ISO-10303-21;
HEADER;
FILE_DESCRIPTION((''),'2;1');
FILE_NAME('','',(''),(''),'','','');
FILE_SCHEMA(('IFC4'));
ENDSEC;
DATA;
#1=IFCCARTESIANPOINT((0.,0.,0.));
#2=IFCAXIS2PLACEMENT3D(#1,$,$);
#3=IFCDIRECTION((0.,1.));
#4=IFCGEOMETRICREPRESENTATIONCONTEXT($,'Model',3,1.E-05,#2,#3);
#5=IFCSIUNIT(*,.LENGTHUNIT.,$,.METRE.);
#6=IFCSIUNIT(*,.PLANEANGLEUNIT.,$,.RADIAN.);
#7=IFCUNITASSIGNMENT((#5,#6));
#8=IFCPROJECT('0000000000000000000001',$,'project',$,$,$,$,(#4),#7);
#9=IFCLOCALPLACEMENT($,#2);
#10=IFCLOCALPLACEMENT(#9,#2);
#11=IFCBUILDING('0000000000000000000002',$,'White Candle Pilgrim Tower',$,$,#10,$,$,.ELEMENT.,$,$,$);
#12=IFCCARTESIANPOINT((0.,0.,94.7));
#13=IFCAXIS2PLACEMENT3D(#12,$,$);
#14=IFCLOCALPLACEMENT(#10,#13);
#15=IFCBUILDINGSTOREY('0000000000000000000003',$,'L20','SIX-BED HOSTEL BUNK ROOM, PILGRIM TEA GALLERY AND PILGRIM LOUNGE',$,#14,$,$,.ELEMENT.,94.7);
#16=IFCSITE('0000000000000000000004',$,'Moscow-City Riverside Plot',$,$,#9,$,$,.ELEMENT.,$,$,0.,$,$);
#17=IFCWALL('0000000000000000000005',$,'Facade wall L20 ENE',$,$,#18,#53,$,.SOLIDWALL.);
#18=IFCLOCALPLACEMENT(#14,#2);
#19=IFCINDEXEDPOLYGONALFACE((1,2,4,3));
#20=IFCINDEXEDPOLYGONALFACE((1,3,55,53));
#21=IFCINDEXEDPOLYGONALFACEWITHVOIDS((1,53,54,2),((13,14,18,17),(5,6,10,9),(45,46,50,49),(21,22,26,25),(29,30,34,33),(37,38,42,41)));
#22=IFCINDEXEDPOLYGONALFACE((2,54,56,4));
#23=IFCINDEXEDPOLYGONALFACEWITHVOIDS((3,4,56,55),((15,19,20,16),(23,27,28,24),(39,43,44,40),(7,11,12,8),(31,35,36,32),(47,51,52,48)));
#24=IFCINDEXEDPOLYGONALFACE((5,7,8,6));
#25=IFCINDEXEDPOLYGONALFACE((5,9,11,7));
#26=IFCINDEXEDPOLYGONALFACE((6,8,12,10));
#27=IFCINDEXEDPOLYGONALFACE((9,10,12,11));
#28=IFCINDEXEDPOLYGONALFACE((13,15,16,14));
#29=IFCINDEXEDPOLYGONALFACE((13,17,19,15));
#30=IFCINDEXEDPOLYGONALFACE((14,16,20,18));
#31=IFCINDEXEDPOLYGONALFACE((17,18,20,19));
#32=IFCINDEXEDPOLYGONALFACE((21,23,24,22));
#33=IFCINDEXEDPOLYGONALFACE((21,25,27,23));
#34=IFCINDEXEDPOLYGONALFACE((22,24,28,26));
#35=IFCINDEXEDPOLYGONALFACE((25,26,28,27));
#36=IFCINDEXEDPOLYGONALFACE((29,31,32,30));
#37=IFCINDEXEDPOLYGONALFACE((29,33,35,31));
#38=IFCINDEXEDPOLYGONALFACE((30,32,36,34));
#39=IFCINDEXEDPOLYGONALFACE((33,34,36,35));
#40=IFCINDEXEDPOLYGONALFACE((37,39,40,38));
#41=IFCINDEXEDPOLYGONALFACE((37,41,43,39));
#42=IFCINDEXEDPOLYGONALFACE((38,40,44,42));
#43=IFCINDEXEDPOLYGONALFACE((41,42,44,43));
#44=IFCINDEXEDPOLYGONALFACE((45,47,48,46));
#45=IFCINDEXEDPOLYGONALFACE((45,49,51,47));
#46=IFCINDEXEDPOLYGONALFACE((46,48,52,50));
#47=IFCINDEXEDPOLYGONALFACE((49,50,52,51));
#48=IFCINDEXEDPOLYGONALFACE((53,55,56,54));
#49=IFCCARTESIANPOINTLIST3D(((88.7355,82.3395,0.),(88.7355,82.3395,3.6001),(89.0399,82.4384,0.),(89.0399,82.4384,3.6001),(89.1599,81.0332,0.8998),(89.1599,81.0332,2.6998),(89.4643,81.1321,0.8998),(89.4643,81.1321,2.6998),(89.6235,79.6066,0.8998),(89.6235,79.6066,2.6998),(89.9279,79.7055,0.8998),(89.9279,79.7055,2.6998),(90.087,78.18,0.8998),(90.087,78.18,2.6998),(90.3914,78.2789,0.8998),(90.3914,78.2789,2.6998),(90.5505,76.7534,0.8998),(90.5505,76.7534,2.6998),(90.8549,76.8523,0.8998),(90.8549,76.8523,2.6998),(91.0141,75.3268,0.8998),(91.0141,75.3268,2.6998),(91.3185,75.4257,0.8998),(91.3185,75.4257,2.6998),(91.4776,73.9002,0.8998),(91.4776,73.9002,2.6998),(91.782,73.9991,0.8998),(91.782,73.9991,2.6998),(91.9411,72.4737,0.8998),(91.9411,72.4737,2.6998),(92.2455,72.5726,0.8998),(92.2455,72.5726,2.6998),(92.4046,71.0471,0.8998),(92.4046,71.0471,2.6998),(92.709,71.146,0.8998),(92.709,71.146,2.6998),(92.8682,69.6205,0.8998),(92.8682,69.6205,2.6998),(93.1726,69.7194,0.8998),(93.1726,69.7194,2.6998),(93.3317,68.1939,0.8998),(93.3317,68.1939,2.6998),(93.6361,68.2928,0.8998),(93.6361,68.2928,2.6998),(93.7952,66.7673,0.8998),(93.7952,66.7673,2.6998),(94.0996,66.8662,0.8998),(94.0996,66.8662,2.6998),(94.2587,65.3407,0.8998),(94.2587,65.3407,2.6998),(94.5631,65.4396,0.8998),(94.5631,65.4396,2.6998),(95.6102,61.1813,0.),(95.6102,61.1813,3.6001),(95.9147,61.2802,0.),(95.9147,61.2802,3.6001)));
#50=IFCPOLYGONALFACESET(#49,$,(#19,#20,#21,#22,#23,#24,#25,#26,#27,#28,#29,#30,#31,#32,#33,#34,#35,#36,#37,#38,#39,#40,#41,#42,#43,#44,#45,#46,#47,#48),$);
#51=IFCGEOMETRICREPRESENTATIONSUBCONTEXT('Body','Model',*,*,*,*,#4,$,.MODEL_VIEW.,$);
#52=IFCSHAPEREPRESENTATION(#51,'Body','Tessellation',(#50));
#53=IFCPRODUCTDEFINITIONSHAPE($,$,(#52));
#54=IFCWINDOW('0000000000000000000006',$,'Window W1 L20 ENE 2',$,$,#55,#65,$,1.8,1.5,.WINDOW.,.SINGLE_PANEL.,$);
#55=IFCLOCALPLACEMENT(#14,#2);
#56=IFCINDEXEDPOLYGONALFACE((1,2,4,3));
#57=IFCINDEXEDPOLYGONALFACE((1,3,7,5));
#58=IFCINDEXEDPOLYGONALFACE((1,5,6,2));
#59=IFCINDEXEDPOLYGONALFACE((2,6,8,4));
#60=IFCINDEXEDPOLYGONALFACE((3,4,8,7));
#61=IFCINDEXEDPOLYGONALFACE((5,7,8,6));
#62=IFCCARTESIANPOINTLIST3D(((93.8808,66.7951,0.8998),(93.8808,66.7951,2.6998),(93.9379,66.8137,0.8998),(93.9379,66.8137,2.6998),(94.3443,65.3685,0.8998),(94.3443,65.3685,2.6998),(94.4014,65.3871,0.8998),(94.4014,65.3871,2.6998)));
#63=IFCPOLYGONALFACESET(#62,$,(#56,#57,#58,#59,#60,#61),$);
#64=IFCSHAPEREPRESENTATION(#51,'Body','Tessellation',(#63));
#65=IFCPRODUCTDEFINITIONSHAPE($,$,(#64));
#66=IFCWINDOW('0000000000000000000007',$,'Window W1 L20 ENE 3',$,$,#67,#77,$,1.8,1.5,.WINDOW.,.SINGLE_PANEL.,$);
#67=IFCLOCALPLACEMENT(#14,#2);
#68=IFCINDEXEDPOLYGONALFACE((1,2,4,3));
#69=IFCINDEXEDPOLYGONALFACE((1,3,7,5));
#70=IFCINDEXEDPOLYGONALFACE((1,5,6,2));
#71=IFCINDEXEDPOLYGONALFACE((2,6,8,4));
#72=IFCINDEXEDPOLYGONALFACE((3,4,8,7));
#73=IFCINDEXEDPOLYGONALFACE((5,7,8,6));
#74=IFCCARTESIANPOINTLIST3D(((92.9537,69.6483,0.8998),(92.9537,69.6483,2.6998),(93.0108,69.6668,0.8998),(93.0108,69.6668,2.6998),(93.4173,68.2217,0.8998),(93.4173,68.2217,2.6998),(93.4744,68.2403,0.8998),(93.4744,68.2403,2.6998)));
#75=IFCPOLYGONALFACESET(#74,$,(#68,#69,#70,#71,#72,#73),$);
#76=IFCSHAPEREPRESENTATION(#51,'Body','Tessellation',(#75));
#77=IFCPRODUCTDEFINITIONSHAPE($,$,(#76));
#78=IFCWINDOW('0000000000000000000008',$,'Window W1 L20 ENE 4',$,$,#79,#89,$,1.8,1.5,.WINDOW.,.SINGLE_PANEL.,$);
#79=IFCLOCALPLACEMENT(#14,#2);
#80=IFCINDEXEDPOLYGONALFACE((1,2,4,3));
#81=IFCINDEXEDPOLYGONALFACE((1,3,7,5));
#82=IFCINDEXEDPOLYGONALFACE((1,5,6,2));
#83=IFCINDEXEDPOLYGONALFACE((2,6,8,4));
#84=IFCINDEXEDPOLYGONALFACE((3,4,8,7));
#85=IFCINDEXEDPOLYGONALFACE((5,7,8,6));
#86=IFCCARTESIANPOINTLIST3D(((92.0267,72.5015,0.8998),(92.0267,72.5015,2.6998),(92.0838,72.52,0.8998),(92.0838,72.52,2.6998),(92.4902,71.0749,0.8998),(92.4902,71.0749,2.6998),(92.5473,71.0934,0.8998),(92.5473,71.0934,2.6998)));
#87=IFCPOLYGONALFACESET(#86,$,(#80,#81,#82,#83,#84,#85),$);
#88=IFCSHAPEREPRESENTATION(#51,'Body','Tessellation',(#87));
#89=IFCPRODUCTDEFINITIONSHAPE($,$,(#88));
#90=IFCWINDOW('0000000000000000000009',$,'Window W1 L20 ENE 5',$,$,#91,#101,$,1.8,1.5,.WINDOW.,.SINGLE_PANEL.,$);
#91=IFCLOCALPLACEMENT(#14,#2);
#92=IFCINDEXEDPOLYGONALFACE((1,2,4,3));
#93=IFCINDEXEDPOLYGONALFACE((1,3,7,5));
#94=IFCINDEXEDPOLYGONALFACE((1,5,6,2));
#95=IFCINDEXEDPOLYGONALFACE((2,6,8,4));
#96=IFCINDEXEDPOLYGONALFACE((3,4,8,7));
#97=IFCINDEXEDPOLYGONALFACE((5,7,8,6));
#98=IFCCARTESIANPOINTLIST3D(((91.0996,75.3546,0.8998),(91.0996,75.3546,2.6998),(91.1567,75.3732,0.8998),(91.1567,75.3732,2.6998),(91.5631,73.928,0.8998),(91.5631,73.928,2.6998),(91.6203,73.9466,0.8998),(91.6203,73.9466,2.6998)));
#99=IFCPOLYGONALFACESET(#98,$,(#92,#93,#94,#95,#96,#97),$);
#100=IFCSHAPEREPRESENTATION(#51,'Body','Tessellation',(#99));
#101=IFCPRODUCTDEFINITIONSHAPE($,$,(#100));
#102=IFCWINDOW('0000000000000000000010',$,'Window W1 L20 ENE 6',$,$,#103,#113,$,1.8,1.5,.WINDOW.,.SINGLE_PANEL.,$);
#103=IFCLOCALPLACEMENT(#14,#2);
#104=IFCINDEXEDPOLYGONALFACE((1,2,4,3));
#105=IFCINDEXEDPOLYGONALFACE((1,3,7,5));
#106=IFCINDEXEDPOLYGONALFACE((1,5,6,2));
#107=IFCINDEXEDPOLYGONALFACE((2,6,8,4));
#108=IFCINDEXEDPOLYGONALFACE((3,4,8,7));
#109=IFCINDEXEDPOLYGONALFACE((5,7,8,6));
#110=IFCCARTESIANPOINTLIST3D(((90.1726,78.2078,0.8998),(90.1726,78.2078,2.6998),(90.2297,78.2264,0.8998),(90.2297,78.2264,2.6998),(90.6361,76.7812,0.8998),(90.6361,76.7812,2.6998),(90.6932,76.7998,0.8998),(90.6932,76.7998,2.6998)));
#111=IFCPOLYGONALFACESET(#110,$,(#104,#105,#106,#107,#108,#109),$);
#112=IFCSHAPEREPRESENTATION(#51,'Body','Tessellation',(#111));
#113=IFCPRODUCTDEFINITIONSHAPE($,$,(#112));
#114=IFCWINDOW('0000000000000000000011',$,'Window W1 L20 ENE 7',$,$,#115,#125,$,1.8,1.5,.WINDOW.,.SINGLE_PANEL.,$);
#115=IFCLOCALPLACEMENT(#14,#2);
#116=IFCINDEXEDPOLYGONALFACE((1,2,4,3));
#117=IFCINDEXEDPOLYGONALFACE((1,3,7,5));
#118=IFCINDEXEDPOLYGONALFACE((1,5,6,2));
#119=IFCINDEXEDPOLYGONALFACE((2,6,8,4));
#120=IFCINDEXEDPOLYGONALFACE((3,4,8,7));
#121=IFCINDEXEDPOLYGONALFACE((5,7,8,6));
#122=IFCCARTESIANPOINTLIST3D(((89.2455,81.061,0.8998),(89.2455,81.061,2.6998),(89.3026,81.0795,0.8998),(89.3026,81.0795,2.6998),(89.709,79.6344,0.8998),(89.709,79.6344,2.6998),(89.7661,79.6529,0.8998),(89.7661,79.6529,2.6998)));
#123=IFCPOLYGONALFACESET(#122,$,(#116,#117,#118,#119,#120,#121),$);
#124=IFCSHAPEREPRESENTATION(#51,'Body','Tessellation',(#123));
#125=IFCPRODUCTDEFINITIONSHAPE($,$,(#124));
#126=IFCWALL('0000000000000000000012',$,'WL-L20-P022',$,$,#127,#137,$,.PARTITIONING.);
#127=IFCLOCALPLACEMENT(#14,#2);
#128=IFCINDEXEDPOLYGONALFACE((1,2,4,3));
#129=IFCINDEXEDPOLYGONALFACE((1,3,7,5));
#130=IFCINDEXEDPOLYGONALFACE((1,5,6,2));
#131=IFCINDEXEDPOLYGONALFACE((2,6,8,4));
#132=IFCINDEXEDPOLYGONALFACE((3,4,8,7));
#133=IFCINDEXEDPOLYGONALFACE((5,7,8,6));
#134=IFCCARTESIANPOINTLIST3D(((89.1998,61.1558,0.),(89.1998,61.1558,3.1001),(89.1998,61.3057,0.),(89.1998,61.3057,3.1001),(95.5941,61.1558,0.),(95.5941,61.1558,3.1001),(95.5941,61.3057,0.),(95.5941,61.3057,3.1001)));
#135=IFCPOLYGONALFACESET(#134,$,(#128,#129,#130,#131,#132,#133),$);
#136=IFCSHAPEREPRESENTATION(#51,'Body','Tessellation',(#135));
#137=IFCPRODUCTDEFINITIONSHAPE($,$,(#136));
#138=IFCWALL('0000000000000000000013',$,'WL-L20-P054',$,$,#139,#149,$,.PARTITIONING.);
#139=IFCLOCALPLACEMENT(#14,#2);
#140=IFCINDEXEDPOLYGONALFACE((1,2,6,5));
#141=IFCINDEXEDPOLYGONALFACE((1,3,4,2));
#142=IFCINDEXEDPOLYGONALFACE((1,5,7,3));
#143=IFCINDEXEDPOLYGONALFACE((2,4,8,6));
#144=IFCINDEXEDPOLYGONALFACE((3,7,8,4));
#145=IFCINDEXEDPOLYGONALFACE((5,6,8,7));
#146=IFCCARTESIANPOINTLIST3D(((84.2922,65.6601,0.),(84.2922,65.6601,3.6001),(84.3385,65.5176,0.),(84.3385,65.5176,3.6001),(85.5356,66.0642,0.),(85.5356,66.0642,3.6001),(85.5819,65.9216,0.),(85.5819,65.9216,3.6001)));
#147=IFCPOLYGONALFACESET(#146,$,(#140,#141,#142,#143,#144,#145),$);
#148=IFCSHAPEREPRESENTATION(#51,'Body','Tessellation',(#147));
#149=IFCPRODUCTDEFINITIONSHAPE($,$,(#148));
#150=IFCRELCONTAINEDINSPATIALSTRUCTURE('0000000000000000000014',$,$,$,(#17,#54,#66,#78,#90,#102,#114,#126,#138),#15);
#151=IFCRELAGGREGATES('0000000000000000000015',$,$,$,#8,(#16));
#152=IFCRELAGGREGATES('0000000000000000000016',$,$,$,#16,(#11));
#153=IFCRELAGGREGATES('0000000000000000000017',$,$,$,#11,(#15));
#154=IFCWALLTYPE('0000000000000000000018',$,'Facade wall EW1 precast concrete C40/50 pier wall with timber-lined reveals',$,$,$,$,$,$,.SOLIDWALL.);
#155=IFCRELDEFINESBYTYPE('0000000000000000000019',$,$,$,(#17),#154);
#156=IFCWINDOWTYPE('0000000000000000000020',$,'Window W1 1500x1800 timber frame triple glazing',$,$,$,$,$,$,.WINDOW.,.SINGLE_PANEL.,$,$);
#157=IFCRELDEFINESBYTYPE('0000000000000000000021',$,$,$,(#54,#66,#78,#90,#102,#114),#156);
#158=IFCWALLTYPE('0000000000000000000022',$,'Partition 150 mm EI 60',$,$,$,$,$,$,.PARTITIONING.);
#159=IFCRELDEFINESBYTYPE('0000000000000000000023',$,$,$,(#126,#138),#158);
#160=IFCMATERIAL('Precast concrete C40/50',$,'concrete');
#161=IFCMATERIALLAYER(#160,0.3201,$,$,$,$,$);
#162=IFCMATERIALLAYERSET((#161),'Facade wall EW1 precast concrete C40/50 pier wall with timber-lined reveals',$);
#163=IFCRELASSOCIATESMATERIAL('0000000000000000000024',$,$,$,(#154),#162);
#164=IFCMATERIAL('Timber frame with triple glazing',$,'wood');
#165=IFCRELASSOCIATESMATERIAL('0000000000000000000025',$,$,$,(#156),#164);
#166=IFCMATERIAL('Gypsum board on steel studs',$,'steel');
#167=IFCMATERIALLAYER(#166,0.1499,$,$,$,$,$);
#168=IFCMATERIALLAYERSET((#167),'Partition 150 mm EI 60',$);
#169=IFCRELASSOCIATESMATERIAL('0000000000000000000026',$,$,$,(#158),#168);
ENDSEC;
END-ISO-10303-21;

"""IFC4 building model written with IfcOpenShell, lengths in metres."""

from ifc_helpers import new_model, si_unit, direction, frame, frame_2d, origin, place, context, subcontext, project, spatial, rectangle, extrude, material, layer, layer_set, type_object, element, fill, save


model = new_model("IFC4")

# Units and contexts
model_context = context("Model", 3, precision=1e-05, world=origin(), true_north=direction((0.0, 1.0)))
body_context = subcontext(model_context, "Body", "Model", "MODEL_VIEW")
ifc_project = project(units=[si_unit("LENGTHUNIT", "METRE"), si_unit("PLANEANGLEUNIT", "RADIAN")], contexts=[model_context])

# Site, building, storey
site_placement = place(None, origin())
site = spatial("IfcSite", under=ifc_project, at=site_placement, Name="Moscow-City Riverside Plot", CompositionType="ELEMENT", RefElevation=0.0)
building_placement = place(site_placement, origin())
building = spatial("IfcBuilding", under=site, at=building_placement, Name="White Candle Pilgrim Tower", CompositionType="ELEMENT")
storey_placement = place(building_placement, frame((0.0, 0.0, 94.7)))
storey = spatial("IfcBuildingStorey", under=building, at=storey_placement, Name="L20", Description="SIX-BED HOSTEL BUNK ROOM, PILGRIM TEA GALLERY AND PILGRIM LOUNGE", CompositionType="ELEMENT", Elevation=94.7)

# Shared definitions
ifc_material_1 = material(Name="Gypsum board on steel studs", Category="steel")

# Wall, openings, windows
ifc_material_2 = material(Name="Precast concrete C40/50", Category="concrete")
ifc_layer_1 = layer(ifc_material_2, 0.3201)
ifc_layer_set_1 = layer_set([ifc_layer_1], Name="Facade wall EW1 precast concrete C40/50 pier wall with timber-lined reveals")
wall_type_1 = type_object("IfcWallType", Name="Facade wall EW1 precast concrete C40/50 pier wall with timber-lined reveals", PredefinedType="SOLIDWALL", material=ifc_layer_set_1)
wall_1_placement = place(storey_placement, frame((95.7625, 61.2307, 0.0), z_axis=(0.0, 0.0, 1.0), x_axis=(-0.309019, 0.951056, 0.0)))
wall_1 = element("IfcWall", 1, at=wall_1_placement, inside=storey, type_object=wall_type_1, Name="Facade wall L20 ENE", PredefinedType="SOLIDWALL", context=body_context, shape_type="SweptSolid", body=[
    extrude(rectangle(XDim=22.2471, YDim=0.3201, at=frame_2d((11.1235, 0.0))), origin(), (0.0, 0.0, 1.0), 3.6001),
])
opening_1_placement = place(wall_1_placement, frame((4.3735, 0.0, 0.8999)))
opening_1 = element("IfcOpeningElement", 2, at=opening_1_placement, cuts=wall_1, PredefinedType="OPENING", context=body_context, shape_type="SweptSolid", body=[
    extrude(rectangle(XDim=1.5, YDim=1.8, at=frame_2d((0.75, 0.8999))), frame((0.0, 0.1699, 0.0), z_axis=(0.0, -1.0, 0.0), x_axis=(1.0, 0.0, 0.0)), (0.0, 0.0, 1.0), 0.3401),
])
opening_2_placement = place(wall_1_placement, frame((7.3735, 0.0, 0.8999)))
opening_2 = element("IfcOpeningElement", 3, at=opening_2_placement, cuts=wall_1, PredefinedType="OPENING", context=body_context, shape_type="SweptSolid", body=[
    extrude(rectangle(XDim=1.5, YDim=1.8, at=frame_2d((0.75, 0.8999))), frame((0.0, 0.1699, 0.0), z_axis=(0.0, -1.0, 0.0), x_axis=(1.0, 0.0, 0.0)), (0.0, 0.0, 1.0), 0.3401),
])
opening_3_placement = place(wall_1_placement, frame((10.3735, 0.0, 0.8999)))
opening_3 = element("IfcOpeningElement", 4, at=opening_3_placement, cuts=wall_1, PredefinedType="OPENING", context=body_context, shape_type="SweptSolid", body=[
    extrude(rectangle(XDim=1.5, YDim=1.8, at=frame_2d((0.75, 0.8999))), frame((0.0, 0.1699, 0.0), z_axis=(0.0, -1.0, 0.0), x_axis=(1.0, 0.0, 0.0)), (0.0, 0.0, 1.0), 0.3401),
])
opening_4_placement = place(wall_1_placement, frame((13.3735, 0.0, 0.8999)))
opening_4 = element("IfcOpeningElement", 5, at=opening_4_placement, cuts=wall_1, PredefinedType="OPENING", context=body_context, shape_type="SweptSolid", body=[
    extrude(rectangle(XDim=1.5, YDim=1.8, at=frame_2d((0.75, 0.8999))), frame((0.0, 0.1699, 0.0), z_axis=(0.0, -1.0, 0.0), x_axis=(1.0, 0.0, 0.0)), (0.0, 0.0, 1.0), 0.3401),
])
opening_5_placement = place(wall_1_placement, frame((16.3735, 0.0, 0.8999)))
opening_5 = element("IfcOpeningElement", 6, at=opening_5_placement, cuts=wall_1, PredefinedType="OPENING", context=body_context, shape_type="SweptSolid", body=[
    extrude(rectangle(XDim=1.5, YDim=1.8, at=frame_2d((0.75, 0.8999))), frame((0.0, 0.1699, 0.0), z_axis=(0.0, -1.0, 0.0), x_axis=(1.0, 0.0, 0.0)), (0.0, 0.0, 1.0), 0.3401),
])
opening_6_placement = place(wall_1_placement, frame((19.3735, 0.0, 0.8999)))
opening_6 = element("IfcOpeningElement", 7, at=opening_6_placement, cuts=wall_1, PredefinedType="OPENING", context=body_context, shape_type="SweptSolid", body=[
    extrude(rectangle(XDim=1.5, YDim=1.8, at=frame_2d((0.75, 0.8999))), frame((0.0, 0.1699, 0.0), z_axis=(0.0, -1.0, 0.0), x_axis=(1.0, 0.0, 0.0)), (0.0, 0.0, 1.0), 0.3401),
])
ifc_material_3 = material(Name="Timber frame with triple glazing", Category="wood")
window_type = type_object("IfcWindowType", Name="Window W1 1500x1800 timber frame triple glazing", PartitioningType="SINGLE_PANEL", PredefinedType="WINDOW", material=ifc_material_3)
window_1_placement = place(opening_1_placement, origin())
window_1 = element("IfcWindow", 8, at=window_1_placement, inside=storey, type_object=window_type, Name="Window W1 L20 ENE 2", OverallHeight=1.8, OverallWidth=1.5, PartitioningType="SINGLE_PANEL", PredefinedType="WINDOW", context=body_context, shape_type="SweptSolid", body=[
    extrude(rectangle(XDim=1.5, YDim=1.8, at=frame_2d((0.75, 0.8999))), frame((0.0, 0.0701, 0.0), z_axis=(0.0, -1.0, 0.0), x_axis=(1.0, 0.0, 0.0)), (0.0, 0.0, 1.0), 0.0601),
])
fill(opening_1, window_1)
window_2_placement = place(opening_2_placement, origin())
window_2 = element("IfcWindow", 9, at=window_2_placement, inside=storey, type_object=window_type, Name="Window W1 L20 ENE 3", OverallHeight=1.8, OverallWidth=1.5, PartitioningType="SINGLE_PANEL", PredefinedType="WINDOW", context=body_context, shape_type="SweptSolid", body=[
    extrude(rectangle(XDim=1.5, YDim=1.8, at=frame_2d((0.75, 0.8999))), frame((0.0, 0.0701, 0.0), z_axis=(0.0, -1.0, 0.0), x_axis=(1.0, 0.0, 0.0)), (0.0, 0.0, 1.0), 0.0601),
])
fill(opening_2, window_2)
window_3_placement = place(opening_3_placement, origin())
window_3 = element("IfcWindow", 10, at=window_3_placement, inside=storey, type_object=window_type, Name="Window W1 L20 ENE 4", OverallHeight=1.8, OverallWidth=1.5, PartitioningType="SINGLE_PANEL", PredefinedType="WINDOW", context=body_context, shape_type="SweptSolid", body=[
    extrude(rectangle(XDim=1.5, YDim=1.8, at=frame_2d((0.75, 0.8999))), frame((0.0, 0.0701, 0.0), z_axis=(0.0, -1.0, 0.0), x_axis=(1.0, 0.0, 0.0)), (0.0, 0.0, 1.0), 0.0601),
])
fill(opening_3, window_3)
window_4_placement = place(opening_4_placement, origin())
window_4 = element("IfcWindow", 11, at=window_4_placement, inside=storey, type_object=window_type, Name="Window W1 L20 ENE 5", OverallHeight=1.8, OverallWidth=1.5, PartitioningType="SINGLE_PANEL", PredefinedType="WINDOW", context=body_context, shape_type="SweptSolid", body=[
    extrude(rectangle(XDim=1.5, YDim=1.8, at=frame_2d((0.75, 0.8999))), frame((0.0, 0.0701, 0.0), z_axis=(0.0, -1.0, 0.0), x_axis=(1.0, 0.0, 0.0)), (0.0, 0.0, 1.0), 0.0601),
])
fill(opening_4, window_4)
window_5_placement = place(opening_5_placement, origin())
window_5 = element("IfcWindow", 12, at=window_5_placement, inside=storey, type_object=window_type, Name="Window W1 L20 ENE 6", OverallHeight=1.8, OverallWidth=1.5, PartitioningType="SINGLE_PANEL", PredefinedType="WINDOW", context=body_context, shape_type="SweptSolid", body=[
    extrude(rectangle(XDim=1.5, YDim=1.8, at=frame_2d((0.75, 0.8999))), frame((0.0, 0.0701, 0.0), z_axis=(0.0, -1.0, 0.0), x_axis=(1.0, 0.0, 0.0)), (0.0, 0.0, 1.0), 0.0601),
])
fill(opening_5, window_5)
window_6_placement = place(opening_6_placement, origin())
window_6 = element("IfcWindow", 13, at=window_6_placement, inside=storey, type_object=window_type, Name="Window W1 L20 ENE 7", OverallHeight=1.8, OverallWidth=1.5, PartitioningType="SINGLE_PANEL", PredefinedType="WINDOW", context=body_context, shape_type="SweptSolid", body=[
    extrude(rectangle(XDim=1.5, YDim=1.8, at=frame_2d((0.75, 0.8999))), frame((0.0, 0.0701, 0.0), z_axis=(0.0, -1.0, 0.0), x_axis=(1.0, 0.0, 0.0)), (0.0, 0.0, 1.0), 0.0601),
])
fill(opening_6, window_6)

# Walls
ifc_layer_2 = layer(ifc_material_1, 0.1499)
ifc_layer_set_2 = layer_set([ifc_layer_2], Name="Partition 150 mm EI 60")
wall_type_2 = type_object("IfcWallType", Name="Partition 150 mm EI 60", PredefinedType="PARTITIONING", material=ifc_layer_set_2)
wall_2_placement = place(storey_placement, frame((95.5942, 61.2307, 0.0), z_axis=(0.0, 0.0, 1.0), x_axis=(-1.0, 0.0, 0.0)))
element("IfcWall", 14, at=wall_2_placement, inside=storey, type_object=wall_type_2, Name="WL-L20-P022", PredefinedType="PARTITIONING", context=body_context, shape_type="SweptSolid", body=[
    extrude(rectangle(XDim=6.3943, YDim=0.1499, at=frame_2d((3.1973, 0.0))), origin(), (0.0, 0.0, 1.0), 3.1001),
])
wall_3_placement = place(storey_placement, frame((85.5588, 65.9929, 0.0), z_axis=(0.0, 0.0, 1.0), x_axis=(-0.951046, -0.309048, 0.0)))
element("IfcWall", 15, at=wall_3_placement, inside=storey, type_object=wall_type_2, Name="WL-L20-P054", PredefinedType="PARTITIONING", context=body_context, shape_type="SweptSolid", body=[
    extrude(rectangle(XDim=1.3074, YDim=0.1499, at=frame_2d((0.6538, 0.0))), origin(), (0.0, 0.0, 1.0), 3.6001),
])

save(model, "model.ifc")
